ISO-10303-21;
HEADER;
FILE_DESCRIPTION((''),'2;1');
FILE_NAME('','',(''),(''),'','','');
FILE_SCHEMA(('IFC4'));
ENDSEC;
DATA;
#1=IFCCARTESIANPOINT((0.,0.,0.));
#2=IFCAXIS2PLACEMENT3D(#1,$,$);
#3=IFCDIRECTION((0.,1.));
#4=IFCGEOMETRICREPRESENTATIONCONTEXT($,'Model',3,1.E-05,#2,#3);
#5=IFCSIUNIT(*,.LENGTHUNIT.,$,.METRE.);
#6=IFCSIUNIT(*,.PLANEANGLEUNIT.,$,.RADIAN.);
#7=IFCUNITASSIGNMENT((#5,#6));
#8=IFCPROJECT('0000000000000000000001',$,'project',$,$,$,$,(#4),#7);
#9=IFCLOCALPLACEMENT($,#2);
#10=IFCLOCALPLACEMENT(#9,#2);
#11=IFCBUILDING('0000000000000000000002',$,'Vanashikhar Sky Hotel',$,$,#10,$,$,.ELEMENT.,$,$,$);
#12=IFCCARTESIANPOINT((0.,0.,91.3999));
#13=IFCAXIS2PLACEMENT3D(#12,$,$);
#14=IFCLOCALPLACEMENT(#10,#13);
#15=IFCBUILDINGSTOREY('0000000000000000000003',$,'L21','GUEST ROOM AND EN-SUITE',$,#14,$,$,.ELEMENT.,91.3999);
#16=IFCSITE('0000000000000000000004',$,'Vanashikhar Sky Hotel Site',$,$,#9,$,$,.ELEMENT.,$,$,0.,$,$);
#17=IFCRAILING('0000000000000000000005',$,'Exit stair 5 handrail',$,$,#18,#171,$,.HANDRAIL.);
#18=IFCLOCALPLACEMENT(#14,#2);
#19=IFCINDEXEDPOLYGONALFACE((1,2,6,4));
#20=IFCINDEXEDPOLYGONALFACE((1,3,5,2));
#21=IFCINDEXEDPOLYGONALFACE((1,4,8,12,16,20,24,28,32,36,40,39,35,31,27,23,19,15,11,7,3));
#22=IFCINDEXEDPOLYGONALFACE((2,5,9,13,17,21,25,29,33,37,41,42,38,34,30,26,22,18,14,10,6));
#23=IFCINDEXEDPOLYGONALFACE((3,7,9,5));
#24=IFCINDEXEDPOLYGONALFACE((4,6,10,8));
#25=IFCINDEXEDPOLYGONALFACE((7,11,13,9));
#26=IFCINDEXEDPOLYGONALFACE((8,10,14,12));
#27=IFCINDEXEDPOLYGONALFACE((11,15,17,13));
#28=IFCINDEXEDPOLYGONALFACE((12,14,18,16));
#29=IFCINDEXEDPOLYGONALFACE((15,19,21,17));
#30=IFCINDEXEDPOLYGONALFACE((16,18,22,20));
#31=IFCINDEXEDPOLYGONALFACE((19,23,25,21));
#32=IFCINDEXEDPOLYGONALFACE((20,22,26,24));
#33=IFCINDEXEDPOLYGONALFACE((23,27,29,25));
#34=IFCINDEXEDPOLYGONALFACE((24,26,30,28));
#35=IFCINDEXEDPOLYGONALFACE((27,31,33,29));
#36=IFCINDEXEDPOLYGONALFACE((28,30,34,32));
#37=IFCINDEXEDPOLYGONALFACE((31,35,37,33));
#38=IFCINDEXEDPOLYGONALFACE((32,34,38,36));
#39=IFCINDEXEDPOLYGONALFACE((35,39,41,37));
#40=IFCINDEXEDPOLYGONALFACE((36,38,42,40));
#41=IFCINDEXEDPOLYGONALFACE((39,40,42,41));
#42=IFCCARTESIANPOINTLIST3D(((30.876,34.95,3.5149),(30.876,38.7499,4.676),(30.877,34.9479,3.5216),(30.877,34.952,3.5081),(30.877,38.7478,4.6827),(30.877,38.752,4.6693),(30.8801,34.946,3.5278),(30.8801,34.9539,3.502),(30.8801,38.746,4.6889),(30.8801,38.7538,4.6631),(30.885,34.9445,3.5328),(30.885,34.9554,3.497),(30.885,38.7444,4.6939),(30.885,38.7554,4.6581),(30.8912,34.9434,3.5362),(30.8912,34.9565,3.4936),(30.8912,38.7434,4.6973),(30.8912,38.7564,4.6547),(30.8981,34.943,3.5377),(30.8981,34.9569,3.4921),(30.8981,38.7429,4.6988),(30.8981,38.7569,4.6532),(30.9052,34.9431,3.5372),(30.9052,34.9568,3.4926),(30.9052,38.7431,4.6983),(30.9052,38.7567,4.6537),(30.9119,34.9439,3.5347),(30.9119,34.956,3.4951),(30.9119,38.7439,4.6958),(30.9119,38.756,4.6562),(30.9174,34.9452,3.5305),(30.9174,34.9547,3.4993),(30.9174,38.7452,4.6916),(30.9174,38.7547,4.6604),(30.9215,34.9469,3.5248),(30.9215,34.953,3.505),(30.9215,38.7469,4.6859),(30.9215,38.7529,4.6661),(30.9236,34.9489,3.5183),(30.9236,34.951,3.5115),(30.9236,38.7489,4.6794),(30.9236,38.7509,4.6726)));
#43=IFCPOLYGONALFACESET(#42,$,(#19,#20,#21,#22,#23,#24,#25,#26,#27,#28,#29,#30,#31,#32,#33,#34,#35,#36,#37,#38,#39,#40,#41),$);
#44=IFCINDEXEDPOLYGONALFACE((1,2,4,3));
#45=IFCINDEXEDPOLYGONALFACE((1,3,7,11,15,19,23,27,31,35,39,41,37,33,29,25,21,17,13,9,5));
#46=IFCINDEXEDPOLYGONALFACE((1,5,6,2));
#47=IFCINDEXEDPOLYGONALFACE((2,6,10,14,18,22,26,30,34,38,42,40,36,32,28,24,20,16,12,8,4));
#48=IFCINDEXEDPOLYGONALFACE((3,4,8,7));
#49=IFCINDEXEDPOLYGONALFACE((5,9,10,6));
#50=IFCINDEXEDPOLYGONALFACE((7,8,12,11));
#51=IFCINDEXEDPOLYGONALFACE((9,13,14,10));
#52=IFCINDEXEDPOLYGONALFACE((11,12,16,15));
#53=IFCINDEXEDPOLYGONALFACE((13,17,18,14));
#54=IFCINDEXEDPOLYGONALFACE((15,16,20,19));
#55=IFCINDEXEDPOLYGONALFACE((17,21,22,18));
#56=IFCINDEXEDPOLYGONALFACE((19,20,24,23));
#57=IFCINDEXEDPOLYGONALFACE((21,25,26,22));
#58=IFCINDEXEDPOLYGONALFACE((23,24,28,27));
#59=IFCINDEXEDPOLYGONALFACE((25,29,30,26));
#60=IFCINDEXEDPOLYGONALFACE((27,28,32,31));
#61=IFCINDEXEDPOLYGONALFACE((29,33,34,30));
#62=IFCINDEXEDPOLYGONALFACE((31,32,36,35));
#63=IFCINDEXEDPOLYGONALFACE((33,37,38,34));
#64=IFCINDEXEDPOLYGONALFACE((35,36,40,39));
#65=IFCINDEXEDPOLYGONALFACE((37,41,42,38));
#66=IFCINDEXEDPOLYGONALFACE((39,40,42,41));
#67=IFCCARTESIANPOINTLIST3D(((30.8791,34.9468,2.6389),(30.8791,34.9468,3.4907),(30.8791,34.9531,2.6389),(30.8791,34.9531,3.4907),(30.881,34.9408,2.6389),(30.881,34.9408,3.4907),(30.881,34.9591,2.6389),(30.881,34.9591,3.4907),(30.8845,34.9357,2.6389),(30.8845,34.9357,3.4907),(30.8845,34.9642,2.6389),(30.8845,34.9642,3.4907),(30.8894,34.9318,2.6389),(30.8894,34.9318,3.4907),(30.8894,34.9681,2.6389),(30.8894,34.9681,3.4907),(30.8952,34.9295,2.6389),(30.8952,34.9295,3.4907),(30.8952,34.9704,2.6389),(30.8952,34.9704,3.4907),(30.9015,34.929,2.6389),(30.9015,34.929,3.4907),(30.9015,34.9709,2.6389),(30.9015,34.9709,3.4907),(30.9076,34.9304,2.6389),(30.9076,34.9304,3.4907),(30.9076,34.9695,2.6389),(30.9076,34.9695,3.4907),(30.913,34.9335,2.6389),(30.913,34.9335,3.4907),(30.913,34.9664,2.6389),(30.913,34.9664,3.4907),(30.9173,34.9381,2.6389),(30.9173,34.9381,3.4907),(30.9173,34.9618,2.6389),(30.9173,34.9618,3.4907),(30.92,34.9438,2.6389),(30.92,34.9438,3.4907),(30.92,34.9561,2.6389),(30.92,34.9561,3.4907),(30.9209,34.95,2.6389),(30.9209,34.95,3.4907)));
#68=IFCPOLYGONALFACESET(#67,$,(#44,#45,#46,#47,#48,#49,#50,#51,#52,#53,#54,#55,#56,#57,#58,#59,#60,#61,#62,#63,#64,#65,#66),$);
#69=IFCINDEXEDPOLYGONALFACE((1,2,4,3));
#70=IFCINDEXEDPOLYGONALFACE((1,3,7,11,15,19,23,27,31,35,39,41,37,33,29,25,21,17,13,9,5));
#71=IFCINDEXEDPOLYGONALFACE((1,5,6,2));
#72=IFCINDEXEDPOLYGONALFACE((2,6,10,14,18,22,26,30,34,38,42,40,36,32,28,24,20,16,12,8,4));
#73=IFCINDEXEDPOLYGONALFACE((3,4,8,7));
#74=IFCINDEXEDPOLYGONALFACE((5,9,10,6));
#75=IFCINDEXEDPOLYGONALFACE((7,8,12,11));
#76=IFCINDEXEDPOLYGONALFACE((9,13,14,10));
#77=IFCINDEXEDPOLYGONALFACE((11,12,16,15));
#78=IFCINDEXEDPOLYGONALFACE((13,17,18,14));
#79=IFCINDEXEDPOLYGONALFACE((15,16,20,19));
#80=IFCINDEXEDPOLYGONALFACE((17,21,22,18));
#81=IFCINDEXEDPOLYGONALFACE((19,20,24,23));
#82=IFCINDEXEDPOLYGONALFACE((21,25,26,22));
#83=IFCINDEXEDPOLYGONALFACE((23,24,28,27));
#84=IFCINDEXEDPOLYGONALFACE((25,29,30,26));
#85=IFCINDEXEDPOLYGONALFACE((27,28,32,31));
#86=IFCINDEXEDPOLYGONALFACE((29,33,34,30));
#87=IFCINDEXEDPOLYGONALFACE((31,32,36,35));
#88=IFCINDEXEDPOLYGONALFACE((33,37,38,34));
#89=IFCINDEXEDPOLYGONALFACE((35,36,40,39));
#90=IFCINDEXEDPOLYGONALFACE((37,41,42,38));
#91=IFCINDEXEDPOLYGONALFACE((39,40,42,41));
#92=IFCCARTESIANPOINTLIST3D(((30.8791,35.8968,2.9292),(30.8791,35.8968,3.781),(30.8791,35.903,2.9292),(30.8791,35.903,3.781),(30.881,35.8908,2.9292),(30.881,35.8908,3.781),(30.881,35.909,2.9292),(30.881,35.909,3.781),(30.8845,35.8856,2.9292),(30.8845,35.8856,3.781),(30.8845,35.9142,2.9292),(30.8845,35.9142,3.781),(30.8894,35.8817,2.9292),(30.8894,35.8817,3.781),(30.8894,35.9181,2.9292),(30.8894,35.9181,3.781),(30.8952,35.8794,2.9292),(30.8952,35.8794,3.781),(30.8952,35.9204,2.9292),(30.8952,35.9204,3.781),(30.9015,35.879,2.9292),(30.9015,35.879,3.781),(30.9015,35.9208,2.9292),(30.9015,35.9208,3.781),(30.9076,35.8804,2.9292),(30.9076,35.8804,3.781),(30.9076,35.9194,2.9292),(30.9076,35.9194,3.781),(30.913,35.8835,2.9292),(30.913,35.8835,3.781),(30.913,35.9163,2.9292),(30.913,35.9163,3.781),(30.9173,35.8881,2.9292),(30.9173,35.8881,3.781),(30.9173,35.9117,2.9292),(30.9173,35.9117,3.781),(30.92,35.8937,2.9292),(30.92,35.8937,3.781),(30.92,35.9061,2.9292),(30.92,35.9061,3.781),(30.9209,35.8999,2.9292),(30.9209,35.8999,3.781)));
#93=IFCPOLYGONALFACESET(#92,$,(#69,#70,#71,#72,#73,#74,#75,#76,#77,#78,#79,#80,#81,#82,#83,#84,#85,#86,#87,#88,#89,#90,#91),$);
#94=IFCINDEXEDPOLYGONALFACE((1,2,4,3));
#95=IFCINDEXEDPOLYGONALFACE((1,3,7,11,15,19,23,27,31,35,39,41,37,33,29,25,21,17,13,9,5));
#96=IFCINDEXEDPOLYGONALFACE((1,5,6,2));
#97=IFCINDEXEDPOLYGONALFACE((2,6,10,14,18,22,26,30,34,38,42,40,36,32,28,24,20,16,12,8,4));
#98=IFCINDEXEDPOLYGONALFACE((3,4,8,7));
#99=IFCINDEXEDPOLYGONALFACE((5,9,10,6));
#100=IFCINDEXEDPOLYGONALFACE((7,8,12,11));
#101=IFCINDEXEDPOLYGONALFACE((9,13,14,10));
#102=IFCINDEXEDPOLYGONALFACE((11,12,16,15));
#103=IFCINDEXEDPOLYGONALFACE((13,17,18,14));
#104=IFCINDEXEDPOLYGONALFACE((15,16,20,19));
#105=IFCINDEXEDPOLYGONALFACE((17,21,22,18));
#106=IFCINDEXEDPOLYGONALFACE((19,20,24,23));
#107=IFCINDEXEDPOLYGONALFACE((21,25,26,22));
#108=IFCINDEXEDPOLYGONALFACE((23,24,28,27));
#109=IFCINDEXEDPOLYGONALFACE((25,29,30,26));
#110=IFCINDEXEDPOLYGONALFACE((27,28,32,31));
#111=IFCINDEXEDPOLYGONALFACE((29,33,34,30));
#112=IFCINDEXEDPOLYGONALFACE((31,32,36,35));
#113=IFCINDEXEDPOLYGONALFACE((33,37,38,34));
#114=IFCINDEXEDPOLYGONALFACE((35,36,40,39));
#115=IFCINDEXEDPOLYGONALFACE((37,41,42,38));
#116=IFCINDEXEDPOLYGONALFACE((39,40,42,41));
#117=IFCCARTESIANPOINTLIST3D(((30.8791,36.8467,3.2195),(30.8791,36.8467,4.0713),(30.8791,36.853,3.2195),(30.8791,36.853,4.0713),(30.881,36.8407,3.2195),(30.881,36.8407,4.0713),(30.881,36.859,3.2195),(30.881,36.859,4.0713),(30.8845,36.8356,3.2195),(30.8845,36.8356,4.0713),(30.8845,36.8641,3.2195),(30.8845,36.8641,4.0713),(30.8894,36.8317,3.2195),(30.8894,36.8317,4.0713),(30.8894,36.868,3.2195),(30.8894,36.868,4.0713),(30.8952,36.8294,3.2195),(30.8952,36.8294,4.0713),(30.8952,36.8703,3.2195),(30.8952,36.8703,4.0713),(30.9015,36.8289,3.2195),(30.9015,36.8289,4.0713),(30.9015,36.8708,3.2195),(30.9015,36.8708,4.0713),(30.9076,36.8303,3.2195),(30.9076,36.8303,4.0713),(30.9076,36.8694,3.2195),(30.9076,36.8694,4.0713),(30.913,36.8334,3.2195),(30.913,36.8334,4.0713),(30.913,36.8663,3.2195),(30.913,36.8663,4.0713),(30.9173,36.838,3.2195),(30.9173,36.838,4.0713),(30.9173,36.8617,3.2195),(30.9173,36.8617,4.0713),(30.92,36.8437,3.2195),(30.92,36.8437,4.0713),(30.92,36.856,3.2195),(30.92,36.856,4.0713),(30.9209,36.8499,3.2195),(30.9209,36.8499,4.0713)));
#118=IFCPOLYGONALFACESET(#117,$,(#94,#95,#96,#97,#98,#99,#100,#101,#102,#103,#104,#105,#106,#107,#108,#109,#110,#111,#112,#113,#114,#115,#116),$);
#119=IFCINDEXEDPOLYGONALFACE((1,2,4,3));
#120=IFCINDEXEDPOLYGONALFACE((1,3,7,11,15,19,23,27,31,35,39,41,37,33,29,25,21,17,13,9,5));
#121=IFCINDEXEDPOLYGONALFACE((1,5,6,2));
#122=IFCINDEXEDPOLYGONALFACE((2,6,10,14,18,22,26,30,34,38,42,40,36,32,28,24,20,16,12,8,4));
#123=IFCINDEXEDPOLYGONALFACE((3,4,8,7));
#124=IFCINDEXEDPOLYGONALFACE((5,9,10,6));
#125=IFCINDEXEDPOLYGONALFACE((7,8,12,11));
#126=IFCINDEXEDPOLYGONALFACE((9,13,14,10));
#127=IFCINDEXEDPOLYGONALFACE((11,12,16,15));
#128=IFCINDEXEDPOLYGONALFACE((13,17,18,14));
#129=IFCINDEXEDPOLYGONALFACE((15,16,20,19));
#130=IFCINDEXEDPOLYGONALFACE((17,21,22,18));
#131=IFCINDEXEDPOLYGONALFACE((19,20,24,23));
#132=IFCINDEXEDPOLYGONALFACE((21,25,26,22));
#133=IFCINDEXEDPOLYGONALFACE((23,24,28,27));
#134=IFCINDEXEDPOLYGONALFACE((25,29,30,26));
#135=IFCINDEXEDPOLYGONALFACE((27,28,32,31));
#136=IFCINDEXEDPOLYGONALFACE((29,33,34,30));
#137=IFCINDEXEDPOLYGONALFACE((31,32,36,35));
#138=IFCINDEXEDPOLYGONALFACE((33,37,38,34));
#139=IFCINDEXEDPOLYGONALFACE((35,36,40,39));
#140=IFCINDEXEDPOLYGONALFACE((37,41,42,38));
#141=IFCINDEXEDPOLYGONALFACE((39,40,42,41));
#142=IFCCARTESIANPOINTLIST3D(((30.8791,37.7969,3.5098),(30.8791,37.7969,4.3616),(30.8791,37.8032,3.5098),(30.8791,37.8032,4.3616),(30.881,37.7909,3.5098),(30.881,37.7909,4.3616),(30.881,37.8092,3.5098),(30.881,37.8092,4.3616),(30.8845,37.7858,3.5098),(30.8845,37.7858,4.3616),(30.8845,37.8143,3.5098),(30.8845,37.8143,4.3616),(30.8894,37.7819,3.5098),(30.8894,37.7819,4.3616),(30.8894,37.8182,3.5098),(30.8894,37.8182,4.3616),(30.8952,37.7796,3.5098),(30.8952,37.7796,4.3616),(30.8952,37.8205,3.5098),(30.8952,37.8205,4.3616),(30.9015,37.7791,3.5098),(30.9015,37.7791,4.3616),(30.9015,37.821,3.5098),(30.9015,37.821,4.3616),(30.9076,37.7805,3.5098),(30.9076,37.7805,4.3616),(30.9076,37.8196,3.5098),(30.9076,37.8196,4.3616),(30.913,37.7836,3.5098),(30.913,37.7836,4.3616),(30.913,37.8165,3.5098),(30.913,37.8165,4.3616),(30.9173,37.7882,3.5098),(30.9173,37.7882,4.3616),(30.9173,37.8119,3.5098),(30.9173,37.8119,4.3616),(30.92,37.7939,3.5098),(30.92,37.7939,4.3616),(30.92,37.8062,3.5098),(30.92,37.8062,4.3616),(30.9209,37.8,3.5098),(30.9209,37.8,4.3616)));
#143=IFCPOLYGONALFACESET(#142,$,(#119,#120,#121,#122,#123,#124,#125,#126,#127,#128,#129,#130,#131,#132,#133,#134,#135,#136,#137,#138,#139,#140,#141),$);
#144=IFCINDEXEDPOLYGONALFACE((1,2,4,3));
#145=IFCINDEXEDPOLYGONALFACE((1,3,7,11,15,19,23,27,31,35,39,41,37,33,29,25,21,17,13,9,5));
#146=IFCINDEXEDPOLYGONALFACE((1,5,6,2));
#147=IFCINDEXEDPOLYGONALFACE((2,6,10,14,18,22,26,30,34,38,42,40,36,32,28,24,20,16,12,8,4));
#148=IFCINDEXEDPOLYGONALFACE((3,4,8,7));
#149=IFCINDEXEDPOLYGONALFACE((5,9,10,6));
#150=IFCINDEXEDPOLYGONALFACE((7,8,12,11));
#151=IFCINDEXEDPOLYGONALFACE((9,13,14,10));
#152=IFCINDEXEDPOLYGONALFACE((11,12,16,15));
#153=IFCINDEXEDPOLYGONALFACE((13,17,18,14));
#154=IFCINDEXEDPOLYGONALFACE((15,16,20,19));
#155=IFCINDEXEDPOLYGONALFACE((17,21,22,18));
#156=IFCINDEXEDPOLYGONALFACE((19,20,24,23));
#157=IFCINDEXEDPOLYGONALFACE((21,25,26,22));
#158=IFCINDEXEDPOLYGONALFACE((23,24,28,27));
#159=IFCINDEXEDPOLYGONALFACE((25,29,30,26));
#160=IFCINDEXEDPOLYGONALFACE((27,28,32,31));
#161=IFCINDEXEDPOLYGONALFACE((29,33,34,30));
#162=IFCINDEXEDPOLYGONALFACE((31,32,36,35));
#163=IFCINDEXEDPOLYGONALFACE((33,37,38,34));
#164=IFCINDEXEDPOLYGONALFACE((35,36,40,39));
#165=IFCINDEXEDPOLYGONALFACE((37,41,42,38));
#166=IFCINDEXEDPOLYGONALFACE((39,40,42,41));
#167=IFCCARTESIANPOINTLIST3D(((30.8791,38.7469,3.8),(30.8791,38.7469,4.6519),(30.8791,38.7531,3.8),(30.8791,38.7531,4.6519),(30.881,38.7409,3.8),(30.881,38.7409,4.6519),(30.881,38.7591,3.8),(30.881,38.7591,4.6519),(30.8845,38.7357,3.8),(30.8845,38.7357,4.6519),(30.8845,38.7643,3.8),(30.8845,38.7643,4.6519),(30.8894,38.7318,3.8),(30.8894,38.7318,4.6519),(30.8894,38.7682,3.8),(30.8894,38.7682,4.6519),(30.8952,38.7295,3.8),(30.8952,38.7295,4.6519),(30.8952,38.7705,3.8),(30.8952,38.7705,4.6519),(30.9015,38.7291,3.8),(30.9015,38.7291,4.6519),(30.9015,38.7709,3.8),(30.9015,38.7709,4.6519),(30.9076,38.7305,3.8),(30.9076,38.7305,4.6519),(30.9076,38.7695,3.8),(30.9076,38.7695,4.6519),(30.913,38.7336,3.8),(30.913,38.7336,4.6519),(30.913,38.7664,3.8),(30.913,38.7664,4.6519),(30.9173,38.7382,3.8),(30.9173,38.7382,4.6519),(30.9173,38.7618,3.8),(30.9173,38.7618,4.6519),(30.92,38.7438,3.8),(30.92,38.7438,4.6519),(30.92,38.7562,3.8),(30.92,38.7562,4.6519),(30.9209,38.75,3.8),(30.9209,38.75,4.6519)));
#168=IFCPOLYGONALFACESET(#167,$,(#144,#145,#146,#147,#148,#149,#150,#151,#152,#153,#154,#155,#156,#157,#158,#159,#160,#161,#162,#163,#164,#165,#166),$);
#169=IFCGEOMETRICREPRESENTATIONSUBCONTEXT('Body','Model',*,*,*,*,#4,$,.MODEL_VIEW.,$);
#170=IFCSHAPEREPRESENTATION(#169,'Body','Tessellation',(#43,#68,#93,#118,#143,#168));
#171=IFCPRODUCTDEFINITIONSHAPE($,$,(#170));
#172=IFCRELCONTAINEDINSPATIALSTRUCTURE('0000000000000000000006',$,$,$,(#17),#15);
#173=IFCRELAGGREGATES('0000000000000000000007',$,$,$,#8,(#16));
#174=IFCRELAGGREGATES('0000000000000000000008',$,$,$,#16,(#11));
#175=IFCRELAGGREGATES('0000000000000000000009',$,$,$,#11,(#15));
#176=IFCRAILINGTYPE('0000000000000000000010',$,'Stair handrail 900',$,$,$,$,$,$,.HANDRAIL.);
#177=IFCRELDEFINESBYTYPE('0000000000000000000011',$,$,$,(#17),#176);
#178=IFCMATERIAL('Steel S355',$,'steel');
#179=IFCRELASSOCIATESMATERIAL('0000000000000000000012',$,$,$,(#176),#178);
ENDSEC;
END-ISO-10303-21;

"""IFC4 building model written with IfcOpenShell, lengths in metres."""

from ifc_helpers import new_model, si_unit, direction, frame, origin, origin_2d, place, context, subcontext, project, spatial, circle, extrude, source, transform, mapped, material, type_object, element, save


model = new_model("IFC4")

# Units and contexts
model_context = context("Model", 3, precision=1e-05, world=origin(), true_north=direction((0.0, 1.0)))
body_context = subcontext(model_context, "Body", "Model", "MODEL_VIEW")
ifc_project = project(units=[si_unit("LENGTHUNIT", "METRE"), si_unit("PLANEANGLEUNIT", "RADIAN")], contexts=[model_context])

# Site, building, storey
site_placement = place(None, origin())
site = spatial("IfcSite", under=ifc_project, at=site_placement, Name="Vanashikhar Sky Hotel Site", CompositionType="ELEMENT", RefElevation=0.0)
building_placement = place(site_placement, origin())
building = spatial("IfcBuilding", under=site, at=building_placement, Name="Vanashikhar Sky Hotel", CompositionType="ELEMENT")
storey_placement = place(building_placement, frame((0.0, 0.0, 91.3999)))
storey = spatial("IfcBuildingStorey", under=building, at=storey_placement, Name="L21", Description="GUEST ROOM AND EN-SUITE", CompositionType="ELEMENT", Elevation=91.3999)

# Railing
ifc_material_1 = material(Name="Steel S355", Category="steel")
railing_type = type_object("IfcRailingType", Name="Stair handrail 900", PredefinedType="HANDRAIL", material=ifc_material_1)
shared_shape_1 = source(origin(), body_context, "Body", "SweptSolid", [
    extrude(circle(Radius=0.0239, at=origin_2d()), frame((0.0, 0.0, 0.876), z_axis=(0.0, 0.956351, 0.29222), x_axis=(-1.0, 0.0, 0.0)), (0.0, 0.0, 1.0), 3.9734),
    extrude(circle(Radius=0.021, at=origin_2d()), origin(), (0.0, 0.0, 1.0), 0.8518),
    extrude(circle(Radius=0.021, at=origin_2d()), frame((0.0, 0.95, 0.2903)), (0.0, 0.0, 1.0), 0.8518),
    extrude(circle(Radius=0.021, at=origin_2d()), frame((0.0, 1.8999, 0.5806)), (0.0, 0.0, 1.0), 0.8518),
    extrude(circle(Radius=0.021, at=origin_2d()), frame((0.0, 2.8501, 0.8708)), (0.0, 0.0, 1.0), 0.8518),
    extrude(circle(Radius=0.021, at=origin_2d()), frame((0.0, 3.8, 1.1611)), (0.0, 0.0, 1.0), 0.8518),
])
for number, where, name in (
    (1, (30.8999, 34.95, 2.6389), "Exit stair 5 handrail"),
):
    element("IfcRailing", number, at=place(storey_placement, frame(where)), inside=storey, type_object=railing_type, Name=name, PredefinedType="HANDRAIL", context=body_context, shape_type="MappedRepresentation", body=[
        mapped(shared_shape_1, transform((0.0, 0.0, 0.0), scale=1.0)),
    ])

save(model, "model.ifc")
